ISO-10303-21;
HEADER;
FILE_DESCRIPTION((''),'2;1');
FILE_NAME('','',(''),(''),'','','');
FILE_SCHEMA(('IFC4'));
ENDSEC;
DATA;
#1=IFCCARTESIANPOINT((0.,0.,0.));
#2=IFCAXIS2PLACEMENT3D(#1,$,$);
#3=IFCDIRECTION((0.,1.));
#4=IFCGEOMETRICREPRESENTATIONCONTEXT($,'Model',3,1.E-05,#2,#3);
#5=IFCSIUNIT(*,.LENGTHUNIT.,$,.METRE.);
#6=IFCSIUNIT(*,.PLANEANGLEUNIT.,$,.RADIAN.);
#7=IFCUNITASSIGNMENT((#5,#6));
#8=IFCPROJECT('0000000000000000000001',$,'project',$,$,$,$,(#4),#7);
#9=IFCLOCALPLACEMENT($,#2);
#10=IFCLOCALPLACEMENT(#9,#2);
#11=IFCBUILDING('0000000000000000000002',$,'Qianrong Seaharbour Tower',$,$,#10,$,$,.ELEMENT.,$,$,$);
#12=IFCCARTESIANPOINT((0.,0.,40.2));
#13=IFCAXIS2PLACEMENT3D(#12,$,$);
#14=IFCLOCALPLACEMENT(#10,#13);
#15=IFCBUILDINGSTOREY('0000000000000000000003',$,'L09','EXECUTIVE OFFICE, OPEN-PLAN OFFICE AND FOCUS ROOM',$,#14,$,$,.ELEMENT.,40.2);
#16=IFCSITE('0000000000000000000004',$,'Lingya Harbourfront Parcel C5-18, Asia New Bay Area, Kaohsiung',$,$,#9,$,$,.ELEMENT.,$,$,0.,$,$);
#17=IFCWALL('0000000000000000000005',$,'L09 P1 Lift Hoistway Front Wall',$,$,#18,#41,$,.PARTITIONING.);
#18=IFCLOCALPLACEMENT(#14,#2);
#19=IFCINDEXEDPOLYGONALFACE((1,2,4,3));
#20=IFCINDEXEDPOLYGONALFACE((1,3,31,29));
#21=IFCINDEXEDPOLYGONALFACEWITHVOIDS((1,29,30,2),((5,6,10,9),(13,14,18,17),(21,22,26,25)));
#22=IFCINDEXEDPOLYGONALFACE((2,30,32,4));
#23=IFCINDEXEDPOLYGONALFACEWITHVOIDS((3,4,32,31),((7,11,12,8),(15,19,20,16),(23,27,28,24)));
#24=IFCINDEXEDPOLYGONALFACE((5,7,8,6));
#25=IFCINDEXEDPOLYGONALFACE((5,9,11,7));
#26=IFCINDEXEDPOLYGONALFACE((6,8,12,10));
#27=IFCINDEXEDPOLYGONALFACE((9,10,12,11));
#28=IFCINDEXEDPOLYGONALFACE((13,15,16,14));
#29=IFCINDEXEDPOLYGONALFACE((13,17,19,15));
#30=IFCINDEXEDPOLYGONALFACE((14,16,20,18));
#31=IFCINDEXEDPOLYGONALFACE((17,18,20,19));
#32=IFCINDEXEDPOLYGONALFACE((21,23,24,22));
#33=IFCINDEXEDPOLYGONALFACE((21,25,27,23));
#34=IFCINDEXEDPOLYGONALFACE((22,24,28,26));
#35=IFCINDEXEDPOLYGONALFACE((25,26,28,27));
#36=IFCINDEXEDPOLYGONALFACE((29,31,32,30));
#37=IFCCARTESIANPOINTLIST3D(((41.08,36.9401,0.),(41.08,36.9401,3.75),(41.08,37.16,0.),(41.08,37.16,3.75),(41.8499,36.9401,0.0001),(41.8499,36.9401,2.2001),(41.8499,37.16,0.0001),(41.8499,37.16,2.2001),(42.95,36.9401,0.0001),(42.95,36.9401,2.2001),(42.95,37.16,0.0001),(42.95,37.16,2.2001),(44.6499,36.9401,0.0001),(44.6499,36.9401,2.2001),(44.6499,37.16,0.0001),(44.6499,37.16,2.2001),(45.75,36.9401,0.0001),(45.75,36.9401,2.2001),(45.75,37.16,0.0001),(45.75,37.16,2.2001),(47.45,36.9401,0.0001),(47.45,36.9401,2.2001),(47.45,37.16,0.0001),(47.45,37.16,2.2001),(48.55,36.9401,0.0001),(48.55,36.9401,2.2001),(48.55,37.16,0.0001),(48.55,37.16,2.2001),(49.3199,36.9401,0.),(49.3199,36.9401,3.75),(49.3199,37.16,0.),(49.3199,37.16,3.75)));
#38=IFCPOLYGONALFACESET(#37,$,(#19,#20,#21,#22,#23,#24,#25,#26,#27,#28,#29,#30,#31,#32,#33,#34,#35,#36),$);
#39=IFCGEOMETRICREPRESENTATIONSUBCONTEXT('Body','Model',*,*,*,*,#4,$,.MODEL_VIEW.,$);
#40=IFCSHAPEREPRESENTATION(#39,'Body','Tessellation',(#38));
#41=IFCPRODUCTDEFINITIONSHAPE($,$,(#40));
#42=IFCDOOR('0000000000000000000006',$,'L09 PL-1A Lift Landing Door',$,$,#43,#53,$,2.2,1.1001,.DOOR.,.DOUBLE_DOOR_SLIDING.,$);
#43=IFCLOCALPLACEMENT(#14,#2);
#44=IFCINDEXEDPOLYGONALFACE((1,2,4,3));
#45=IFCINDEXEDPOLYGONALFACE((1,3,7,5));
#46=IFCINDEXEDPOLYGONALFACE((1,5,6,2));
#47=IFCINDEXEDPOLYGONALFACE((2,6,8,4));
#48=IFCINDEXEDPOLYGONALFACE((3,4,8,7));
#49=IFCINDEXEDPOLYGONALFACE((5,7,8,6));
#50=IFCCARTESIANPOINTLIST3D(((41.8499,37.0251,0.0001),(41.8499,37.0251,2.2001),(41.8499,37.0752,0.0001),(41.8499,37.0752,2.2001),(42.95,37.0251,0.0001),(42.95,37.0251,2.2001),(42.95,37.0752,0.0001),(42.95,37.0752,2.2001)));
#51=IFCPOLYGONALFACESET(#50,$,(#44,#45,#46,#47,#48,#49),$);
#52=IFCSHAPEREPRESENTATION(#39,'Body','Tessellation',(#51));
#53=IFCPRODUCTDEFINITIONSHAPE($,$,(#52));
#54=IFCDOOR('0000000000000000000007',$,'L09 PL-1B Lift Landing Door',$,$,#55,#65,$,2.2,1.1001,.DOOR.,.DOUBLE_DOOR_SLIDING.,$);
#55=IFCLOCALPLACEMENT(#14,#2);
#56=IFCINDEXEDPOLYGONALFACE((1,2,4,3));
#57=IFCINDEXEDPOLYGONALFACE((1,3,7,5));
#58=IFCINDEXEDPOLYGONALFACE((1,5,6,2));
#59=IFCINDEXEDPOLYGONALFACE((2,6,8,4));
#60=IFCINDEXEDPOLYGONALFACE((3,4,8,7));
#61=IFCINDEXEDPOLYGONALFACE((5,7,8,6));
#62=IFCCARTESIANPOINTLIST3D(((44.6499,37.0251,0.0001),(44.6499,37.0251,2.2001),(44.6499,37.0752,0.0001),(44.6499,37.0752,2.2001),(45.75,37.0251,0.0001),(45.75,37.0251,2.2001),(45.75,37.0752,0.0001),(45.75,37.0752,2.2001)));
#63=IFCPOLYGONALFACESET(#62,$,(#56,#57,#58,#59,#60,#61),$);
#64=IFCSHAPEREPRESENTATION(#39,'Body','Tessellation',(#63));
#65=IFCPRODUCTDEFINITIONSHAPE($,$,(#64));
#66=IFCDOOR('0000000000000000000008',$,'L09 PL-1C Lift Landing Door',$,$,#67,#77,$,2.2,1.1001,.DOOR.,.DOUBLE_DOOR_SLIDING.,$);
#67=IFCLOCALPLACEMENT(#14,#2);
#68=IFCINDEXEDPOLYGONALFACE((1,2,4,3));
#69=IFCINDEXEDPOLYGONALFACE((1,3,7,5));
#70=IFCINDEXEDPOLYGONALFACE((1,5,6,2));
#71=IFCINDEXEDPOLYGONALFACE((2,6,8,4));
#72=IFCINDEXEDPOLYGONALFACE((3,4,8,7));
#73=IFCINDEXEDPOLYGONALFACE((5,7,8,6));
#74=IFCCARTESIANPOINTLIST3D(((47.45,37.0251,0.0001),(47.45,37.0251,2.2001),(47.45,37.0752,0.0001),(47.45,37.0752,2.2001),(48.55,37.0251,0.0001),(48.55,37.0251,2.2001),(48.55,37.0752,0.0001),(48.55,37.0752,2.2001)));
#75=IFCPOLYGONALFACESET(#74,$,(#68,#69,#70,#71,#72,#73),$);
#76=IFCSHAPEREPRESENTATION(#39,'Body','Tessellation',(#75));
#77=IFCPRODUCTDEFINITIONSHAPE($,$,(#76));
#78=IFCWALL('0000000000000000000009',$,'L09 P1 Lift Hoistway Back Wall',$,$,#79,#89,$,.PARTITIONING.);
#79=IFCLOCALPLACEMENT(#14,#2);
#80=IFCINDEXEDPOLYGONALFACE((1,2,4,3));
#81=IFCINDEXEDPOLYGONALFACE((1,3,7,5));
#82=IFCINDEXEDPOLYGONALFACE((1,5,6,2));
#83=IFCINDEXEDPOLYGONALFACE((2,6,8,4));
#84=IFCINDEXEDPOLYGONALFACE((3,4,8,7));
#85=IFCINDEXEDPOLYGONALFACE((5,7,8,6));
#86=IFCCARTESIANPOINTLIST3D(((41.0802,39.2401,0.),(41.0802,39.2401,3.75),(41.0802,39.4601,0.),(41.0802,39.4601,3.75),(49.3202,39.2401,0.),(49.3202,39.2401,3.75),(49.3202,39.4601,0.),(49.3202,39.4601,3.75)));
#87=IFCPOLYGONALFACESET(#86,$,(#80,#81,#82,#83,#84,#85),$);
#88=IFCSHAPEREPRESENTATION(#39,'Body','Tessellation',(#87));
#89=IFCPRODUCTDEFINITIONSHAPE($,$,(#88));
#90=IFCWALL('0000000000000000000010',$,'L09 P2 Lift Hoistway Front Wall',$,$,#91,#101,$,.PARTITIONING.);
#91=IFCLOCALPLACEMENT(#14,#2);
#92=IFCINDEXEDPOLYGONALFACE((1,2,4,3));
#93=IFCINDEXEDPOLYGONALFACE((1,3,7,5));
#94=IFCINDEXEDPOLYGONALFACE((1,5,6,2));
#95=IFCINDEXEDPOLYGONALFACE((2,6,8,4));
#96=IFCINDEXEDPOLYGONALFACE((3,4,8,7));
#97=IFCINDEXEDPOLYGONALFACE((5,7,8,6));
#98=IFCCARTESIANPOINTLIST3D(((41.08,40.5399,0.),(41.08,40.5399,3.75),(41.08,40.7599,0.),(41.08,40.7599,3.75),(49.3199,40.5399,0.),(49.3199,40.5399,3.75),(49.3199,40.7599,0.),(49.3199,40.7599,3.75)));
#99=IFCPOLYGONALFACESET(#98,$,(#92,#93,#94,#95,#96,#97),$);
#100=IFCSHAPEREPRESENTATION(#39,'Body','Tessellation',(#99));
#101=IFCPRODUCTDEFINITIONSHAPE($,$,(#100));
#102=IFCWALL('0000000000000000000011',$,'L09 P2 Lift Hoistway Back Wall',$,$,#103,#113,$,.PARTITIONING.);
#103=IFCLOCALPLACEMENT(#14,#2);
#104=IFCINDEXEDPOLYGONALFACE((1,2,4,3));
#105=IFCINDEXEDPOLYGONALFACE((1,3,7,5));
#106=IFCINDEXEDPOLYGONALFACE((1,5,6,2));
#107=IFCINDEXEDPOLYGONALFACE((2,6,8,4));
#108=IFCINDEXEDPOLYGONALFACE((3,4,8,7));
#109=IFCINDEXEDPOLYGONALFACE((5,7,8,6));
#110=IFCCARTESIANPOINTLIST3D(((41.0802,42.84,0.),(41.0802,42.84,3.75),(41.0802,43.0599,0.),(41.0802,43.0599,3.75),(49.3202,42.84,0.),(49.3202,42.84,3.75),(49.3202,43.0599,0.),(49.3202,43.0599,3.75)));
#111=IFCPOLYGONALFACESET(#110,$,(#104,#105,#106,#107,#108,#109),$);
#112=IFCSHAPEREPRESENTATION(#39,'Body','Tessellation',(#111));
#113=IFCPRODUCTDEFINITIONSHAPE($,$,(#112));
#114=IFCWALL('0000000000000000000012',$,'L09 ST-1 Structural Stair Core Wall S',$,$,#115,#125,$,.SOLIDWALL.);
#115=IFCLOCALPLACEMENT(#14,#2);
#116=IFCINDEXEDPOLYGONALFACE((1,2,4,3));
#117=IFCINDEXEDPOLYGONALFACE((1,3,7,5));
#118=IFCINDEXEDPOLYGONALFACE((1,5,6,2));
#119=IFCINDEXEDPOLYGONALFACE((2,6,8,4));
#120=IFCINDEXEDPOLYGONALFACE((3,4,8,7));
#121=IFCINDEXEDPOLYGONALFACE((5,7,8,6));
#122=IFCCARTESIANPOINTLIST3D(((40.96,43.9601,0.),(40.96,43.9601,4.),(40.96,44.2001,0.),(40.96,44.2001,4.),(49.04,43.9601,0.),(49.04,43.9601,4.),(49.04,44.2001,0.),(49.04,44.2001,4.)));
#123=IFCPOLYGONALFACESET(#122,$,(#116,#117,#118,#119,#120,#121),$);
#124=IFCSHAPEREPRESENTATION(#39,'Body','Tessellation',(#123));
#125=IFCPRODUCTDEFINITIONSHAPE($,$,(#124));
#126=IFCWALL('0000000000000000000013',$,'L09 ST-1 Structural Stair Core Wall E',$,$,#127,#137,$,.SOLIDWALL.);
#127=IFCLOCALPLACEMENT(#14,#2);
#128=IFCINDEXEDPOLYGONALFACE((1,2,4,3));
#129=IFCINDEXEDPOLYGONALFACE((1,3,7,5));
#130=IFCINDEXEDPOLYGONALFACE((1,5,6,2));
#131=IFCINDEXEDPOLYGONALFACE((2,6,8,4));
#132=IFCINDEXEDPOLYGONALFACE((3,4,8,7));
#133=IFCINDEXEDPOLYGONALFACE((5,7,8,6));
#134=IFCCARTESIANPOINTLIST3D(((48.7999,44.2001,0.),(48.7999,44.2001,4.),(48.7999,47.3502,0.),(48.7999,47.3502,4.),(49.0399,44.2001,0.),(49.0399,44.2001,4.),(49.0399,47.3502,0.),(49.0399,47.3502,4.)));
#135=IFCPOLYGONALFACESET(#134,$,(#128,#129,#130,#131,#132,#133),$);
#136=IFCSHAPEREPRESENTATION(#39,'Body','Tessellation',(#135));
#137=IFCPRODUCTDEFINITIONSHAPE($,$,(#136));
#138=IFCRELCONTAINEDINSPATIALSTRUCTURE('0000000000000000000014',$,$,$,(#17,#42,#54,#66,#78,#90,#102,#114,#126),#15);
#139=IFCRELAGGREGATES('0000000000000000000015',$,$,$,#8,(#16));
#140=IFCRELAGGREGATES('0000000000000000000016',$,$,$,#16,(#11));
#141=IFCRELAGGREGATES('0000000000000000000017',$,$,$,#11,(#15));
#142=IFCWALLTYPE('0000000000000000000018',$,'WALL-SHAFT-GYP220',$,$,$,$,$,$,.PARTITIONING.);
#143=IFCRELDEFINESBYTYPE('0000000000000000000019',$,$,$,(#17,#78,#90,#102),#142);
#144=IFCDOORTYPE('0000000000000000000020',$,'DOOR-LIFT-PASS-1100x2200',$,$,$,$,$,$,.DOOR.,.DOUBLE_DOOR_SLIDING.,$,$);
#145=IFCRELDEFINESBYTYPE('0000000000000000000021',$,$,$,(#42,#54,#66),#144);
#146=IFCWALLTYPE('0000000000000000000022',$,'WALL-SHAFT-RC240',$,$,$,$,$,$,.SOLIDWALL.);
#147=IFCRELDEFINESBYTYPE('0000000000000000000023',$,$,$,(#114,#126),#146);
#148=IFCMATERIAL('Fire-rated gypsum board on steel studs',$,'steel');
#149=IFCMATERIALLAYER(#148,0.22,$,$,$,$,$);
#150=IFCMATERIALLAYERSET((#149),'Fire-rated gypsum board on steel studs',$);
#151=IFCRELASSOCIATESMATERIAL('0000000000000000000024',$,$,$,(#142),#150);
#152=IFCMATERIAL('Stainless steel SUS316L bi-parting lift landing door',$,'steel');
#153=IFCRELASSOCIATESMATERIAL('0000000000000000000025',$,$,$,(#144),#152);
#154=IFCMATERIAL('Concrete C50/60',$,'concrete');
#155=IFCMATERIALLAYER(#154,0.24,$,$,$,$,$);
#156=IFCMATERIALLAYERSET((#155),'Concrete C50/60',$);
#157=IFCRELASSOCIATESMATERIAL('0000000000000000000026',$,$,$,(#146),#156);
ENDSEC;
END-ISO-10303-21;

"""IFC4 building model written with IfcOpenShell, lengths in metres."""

from ifc_helpers import new_model, si_unit, direction, frame, frame_2d, origin, place, context, subcontext, project, spatial, rectangle, extrude, material, layer, layer_set, type_object, element, fill, save


model = new_model("IFC4")

# Units and contexts
model_context = context("Model", 3, precision=1e-05, world=origin(), true_north=direction((0.0, 1.0)))
body_context = subcontext(model_context, "Body", "Model", "MODEL_VIEW")
ifc_project = project(units=[si_unit("LENGTHUNIT", "METRE"), si_unit("PLANEANGLEUNIT", "RADIAN")], contexts=[model_context])

# Site, building, storey
site_placement = place(None, origin())
site = spatial("IfcSite", under=ifc_project, at=site_placement, Name="Lingya Harbourfront Parcel C5-18, Asia New Bay Area, Kaohsiung", CompositionType="ELEMENT", RefElevation=0.0)
building_placement = place(site_placement, origin())
building = spatial("IfcBuilding", under=site, at=building_placement, Name="Qianrong Seaharbour Tower", CompositionType="ELEMENT")
storey_placement = place(building_placement, frame((0.0, 0.0, 40.2)))
storey = spatial("IfcBuildingStorey", under=building, at=storey_placement, Name="L09", Description="EXECUTIVE OFFICE, OPEN-PLAN OFFICE AND FOCUS ROOM", CompositionType="ELEMENT", Elevation=40.2)

# Shared definitions
ifc_material_1 = material(Name="Fire-rated gypsum board on steel studs", Category="steel")

# Wall, openings, doors
ifc_layer_1 = layer(ifc_material_1, 0.22)
ifc_layer_set_1 = layer_set([ifc_layer_1], Name="Fire-rated gypsum board on steel studs")
wall_type_1 = type_object("IfcWallType", Name="WALL-SHAFT-GYP220", PredefinedType="PARTITIONING", material=ifc_layer_set_1)
wall_1_placement = place(storey_placement, frame((49.3201, 37.05, 0.0), z_axis=(0.0, 0.0, 1.0), x_axis=(-1.0, 0.0, 0.0)))
wall_1 = element("IfcWall", 1, at=wall_1_placement, inside=storey, type_object=wall_type_1, Name="L09 P1 Lift Hoistway Front Wall", PredefinedType="PARTITIONING", context=body_context, shape_type="SweptSolid", body=[
    extrude(rectangle(XDim=8.24, YDim=0.22, at=frame_2d((4.1201, 0.0))), origin(), (0.0, 0.0, 1.0), 3.75),
])
opening_1_placement = place(wall_1_placement, frame((6.3701, 0.0, 0.0)))
opening_1 = element("IfcOpeningElement", 2, at=opening_1_placement, cuts=wall_1, PredefinedType="OPENING", context=body_context, shape_type="SweptSolid", body=[
    extrude(rectangle(XDim=1.1001, YDim=2.2, at=frame_2d((0.55, 1.1001))), frame((0.0, 0.1201, 0.0), z_axis=(0.0, -1.0, 0.0), x_axis=(1.0, 0.0, 0.0)), (0.0, 0.0, 1.0), 0.24),
])
opening_2_placement = place(wall_1_placement, frame((3.5701, 0.0, 0.0)))
opening_2 = element("IfcOpeningElement", 3, at=opening_2_placement, cuts=wall_1, PredefinedType="OPENING", context=body_context, shape_type="SweptSolid", body=[
    extrude(rectangle(XDim=1.1001, YDim=2.2, at=frame_2d((0.55, 1.1001))), frame((0.0, 0.1201, 0.0), z_axis=(0.0, -1.0, 0.0), x_axis=(1.0, 0.0, 0.0)), (0.0, 0.0, 1.0), 0.24),
])
opening_3_placement = place(wall_1_placement, frame((0.77, 0.0, 0.0)))
opening_3 = element("IfcOpeningElement", 4, at=opening_3_placement, cuts=wall_1, PredefinedType="OPENING", context=body_context, shape_type="SweptSolid", body=[
    extrude(rectangle(XDim=1.1001, YDim=2.2, at=frame_2d((0.55, 1.1001))), frame((0.0, 0.1201, 0.0), z_axis=(0.0, -1.0, 0.0), x_axis=(1.0, 0.0, 0.0)), (0.0, 0.0, 1.0), 0.24),
])
ifc_material_2 = material(Name="Stainless steel SUS316L bi-parting lift landing door", Category="steel")
door_type = type_object("IfcDoorType", Name="DOOR-LIFT-PASS-1100x2200", OperationType="DOUBLE_DOOR_SLIDING", PredefinedType="DOOR", material=ifc_material_2)
door_1_placement = place(opening_1_placement, origin())
door_1 = element("IfcDoor", 5, at=door_1_placement, inside=storey, type_object=door_type, Name="L09 PL-1A Lift Landing Door", OperationType="DOUBLE_DOOR_SLIDING", OverallHeight=2.2, OverallWidth=1.1001, PredefinedType="DOOR", context=body_context, shape_type="SweptSolid", body=[
    extrude(rectangle(XDim=1.1001, YDim=2.2, at=frame_2d((0.55, 1.1001))), frame((0.0, 0.0249, 0.0), z_axis=(0.0, -1.0, 0.0), x_axis=(1.0, 0.0, 0.0)), (0.0, 0.0, 1.0), 0.05),
])
fill(opening_1, door_1)
door_2_placement = place(opening_2_placement, origin())
door_2 = element("IfcDoor", 6, at=door_2_placement, inside=storey, type_object=door_type, Name="L09 PL-1B Lift Landing Door", OperationType="DOUBLE_DOOR_SLIDING", OverallHeight=2.2, OverallWidth=1.1001, PredefinedType="DOOR", context=body_context, shape_type="SweptSolid", body=[
    extrude(rectangle(XDim=1.1001, YDim=2.2, at=frame_2d((0.55, 1.1001))), frame((0.0, 0.0249, 0.0), z_axis=(0.0, -1.0, 0.0), x_axis=(1.0, 0.0, 0.0)), (0.0, 0.0, 1.0), 0.05),
])
fill(opening_2, door_2)
door_3_placement = place(opening_3_placement, origin())
door_3 = element("IfcDoor", 7, at=door_3_placement, inside=storey, type_object=door_type, Name="L09 PL-1C Lift Landing Door", OperationType="DOUBLE_DOOR_SLIDING", OverallHeight=2.2, OverallWidth=1.1001, PredefinedType="DOOR", context=body_context, shape_type="SweptSolid", body=[
    extrude(rectangle(XDim=1.1001, YDim=2.2, at=frame_2d((0.55, 1.1001))), frame((0.0, 0.0249, 0.0), z_axis=(0.0, -1.0, 0.0), x_axis=(1.0, 0.0, 0.0)), (0.0, 0.0, 1.0), 0.05),
])
fill(opening_3, door_3)

# Walls
for number, where, z_axis, x_axis, name in (
    (8, (41.0801, 39.3501, 0.0), (0.0, 0.0, 1.0), (1.0, 0.0, 0.0), "L09 P1 Lift Hoistway Back Wall"),
    (9, (49.3201, 40.6499, 0.0), (0.0, 0.0, 1.0), (-1.0, 0.0, 0.0), "L09 P2 Lift Hoistway Front Wall"),
    (10, (41.0801, 42.95, 0.0), (0.0, 0.0, 1.0), (1.0, 0.0, 0.0), "L09 P2 Lift Hoistway Back Wall"),
):
    element("IfcWall", number, at=place(storey_placement, frame(where, z_axis=z_axis, x_axis=x_axis)), inside=storey, type_object=wall_type_1, Name=name, PredefinedType="PARTITIONING", context=body_context, shape_type="SweptSolid", body=[
        extrude(rectangle(XDim=8.24, YDim=0.22, at=frame_2d((4.1201, 0.0))), origin(), (0.0, 0.0, 1.0), 3.75),
    ])
ifc_material_3 = material(Name="Concrete C50/60", Category="concrete")
ifc_layer_2 = layer(ifc_material_3, 0.24)
ifc_layer_set_2 = layer_set([ifc_layer_2], Name="Concrete C50/60")
wall_type_2 = type_object("IfcWallType", Name="WALL-SHAFT-RC240", PredefinedType="SOLIDWALL", material=ifc_layer_set_2)
wall_2_placement = place(storey_placement, frame((49.04, 44.0801, 0.0), z_axis=(0.0, 0.0, 1.0), x_axis=(-1.0, 0.0, 0.0)))
element("IfcWall", 11, at=wall_2_placement, inside=storey, type_object=wall_type_2, Name="L09 ST-1 Structural Stair Core Wall S", PredefinedType="SOLIDWALL", context=body_context, shape_type="SweptSolid", body=[
    extrude(rectangle(XDim=8.0801, YDim=0.24, at=frame_2d((4.04, 0.0))), origin(), (0.0, 0.0, 1.0), 4.0),
])
wall_3_placement = place(storey_placement, frame((48.9199, 44.2, 0.0), z_axis=(0.0, 0.0, 1.0), x_axis=(0.0, 1.0, 0.0)))
element("IfcWall", 12, at=wall_3_placement, inside=storey, type_object=wall_type_2, Name="L09 ST-1 Structural Stair Core Wall E", PredefinedType="SOLIDWALL", context=body_context, shape_type="SweptSolid", body=[
    extrude(rectangle(XDim=3.1501, YDim=0.24, at=frame_2d((1.5752, 0.0))), origin(), (0.0, 0.0, 1.0), 4.0),
])

save(model, "model.ifc")
